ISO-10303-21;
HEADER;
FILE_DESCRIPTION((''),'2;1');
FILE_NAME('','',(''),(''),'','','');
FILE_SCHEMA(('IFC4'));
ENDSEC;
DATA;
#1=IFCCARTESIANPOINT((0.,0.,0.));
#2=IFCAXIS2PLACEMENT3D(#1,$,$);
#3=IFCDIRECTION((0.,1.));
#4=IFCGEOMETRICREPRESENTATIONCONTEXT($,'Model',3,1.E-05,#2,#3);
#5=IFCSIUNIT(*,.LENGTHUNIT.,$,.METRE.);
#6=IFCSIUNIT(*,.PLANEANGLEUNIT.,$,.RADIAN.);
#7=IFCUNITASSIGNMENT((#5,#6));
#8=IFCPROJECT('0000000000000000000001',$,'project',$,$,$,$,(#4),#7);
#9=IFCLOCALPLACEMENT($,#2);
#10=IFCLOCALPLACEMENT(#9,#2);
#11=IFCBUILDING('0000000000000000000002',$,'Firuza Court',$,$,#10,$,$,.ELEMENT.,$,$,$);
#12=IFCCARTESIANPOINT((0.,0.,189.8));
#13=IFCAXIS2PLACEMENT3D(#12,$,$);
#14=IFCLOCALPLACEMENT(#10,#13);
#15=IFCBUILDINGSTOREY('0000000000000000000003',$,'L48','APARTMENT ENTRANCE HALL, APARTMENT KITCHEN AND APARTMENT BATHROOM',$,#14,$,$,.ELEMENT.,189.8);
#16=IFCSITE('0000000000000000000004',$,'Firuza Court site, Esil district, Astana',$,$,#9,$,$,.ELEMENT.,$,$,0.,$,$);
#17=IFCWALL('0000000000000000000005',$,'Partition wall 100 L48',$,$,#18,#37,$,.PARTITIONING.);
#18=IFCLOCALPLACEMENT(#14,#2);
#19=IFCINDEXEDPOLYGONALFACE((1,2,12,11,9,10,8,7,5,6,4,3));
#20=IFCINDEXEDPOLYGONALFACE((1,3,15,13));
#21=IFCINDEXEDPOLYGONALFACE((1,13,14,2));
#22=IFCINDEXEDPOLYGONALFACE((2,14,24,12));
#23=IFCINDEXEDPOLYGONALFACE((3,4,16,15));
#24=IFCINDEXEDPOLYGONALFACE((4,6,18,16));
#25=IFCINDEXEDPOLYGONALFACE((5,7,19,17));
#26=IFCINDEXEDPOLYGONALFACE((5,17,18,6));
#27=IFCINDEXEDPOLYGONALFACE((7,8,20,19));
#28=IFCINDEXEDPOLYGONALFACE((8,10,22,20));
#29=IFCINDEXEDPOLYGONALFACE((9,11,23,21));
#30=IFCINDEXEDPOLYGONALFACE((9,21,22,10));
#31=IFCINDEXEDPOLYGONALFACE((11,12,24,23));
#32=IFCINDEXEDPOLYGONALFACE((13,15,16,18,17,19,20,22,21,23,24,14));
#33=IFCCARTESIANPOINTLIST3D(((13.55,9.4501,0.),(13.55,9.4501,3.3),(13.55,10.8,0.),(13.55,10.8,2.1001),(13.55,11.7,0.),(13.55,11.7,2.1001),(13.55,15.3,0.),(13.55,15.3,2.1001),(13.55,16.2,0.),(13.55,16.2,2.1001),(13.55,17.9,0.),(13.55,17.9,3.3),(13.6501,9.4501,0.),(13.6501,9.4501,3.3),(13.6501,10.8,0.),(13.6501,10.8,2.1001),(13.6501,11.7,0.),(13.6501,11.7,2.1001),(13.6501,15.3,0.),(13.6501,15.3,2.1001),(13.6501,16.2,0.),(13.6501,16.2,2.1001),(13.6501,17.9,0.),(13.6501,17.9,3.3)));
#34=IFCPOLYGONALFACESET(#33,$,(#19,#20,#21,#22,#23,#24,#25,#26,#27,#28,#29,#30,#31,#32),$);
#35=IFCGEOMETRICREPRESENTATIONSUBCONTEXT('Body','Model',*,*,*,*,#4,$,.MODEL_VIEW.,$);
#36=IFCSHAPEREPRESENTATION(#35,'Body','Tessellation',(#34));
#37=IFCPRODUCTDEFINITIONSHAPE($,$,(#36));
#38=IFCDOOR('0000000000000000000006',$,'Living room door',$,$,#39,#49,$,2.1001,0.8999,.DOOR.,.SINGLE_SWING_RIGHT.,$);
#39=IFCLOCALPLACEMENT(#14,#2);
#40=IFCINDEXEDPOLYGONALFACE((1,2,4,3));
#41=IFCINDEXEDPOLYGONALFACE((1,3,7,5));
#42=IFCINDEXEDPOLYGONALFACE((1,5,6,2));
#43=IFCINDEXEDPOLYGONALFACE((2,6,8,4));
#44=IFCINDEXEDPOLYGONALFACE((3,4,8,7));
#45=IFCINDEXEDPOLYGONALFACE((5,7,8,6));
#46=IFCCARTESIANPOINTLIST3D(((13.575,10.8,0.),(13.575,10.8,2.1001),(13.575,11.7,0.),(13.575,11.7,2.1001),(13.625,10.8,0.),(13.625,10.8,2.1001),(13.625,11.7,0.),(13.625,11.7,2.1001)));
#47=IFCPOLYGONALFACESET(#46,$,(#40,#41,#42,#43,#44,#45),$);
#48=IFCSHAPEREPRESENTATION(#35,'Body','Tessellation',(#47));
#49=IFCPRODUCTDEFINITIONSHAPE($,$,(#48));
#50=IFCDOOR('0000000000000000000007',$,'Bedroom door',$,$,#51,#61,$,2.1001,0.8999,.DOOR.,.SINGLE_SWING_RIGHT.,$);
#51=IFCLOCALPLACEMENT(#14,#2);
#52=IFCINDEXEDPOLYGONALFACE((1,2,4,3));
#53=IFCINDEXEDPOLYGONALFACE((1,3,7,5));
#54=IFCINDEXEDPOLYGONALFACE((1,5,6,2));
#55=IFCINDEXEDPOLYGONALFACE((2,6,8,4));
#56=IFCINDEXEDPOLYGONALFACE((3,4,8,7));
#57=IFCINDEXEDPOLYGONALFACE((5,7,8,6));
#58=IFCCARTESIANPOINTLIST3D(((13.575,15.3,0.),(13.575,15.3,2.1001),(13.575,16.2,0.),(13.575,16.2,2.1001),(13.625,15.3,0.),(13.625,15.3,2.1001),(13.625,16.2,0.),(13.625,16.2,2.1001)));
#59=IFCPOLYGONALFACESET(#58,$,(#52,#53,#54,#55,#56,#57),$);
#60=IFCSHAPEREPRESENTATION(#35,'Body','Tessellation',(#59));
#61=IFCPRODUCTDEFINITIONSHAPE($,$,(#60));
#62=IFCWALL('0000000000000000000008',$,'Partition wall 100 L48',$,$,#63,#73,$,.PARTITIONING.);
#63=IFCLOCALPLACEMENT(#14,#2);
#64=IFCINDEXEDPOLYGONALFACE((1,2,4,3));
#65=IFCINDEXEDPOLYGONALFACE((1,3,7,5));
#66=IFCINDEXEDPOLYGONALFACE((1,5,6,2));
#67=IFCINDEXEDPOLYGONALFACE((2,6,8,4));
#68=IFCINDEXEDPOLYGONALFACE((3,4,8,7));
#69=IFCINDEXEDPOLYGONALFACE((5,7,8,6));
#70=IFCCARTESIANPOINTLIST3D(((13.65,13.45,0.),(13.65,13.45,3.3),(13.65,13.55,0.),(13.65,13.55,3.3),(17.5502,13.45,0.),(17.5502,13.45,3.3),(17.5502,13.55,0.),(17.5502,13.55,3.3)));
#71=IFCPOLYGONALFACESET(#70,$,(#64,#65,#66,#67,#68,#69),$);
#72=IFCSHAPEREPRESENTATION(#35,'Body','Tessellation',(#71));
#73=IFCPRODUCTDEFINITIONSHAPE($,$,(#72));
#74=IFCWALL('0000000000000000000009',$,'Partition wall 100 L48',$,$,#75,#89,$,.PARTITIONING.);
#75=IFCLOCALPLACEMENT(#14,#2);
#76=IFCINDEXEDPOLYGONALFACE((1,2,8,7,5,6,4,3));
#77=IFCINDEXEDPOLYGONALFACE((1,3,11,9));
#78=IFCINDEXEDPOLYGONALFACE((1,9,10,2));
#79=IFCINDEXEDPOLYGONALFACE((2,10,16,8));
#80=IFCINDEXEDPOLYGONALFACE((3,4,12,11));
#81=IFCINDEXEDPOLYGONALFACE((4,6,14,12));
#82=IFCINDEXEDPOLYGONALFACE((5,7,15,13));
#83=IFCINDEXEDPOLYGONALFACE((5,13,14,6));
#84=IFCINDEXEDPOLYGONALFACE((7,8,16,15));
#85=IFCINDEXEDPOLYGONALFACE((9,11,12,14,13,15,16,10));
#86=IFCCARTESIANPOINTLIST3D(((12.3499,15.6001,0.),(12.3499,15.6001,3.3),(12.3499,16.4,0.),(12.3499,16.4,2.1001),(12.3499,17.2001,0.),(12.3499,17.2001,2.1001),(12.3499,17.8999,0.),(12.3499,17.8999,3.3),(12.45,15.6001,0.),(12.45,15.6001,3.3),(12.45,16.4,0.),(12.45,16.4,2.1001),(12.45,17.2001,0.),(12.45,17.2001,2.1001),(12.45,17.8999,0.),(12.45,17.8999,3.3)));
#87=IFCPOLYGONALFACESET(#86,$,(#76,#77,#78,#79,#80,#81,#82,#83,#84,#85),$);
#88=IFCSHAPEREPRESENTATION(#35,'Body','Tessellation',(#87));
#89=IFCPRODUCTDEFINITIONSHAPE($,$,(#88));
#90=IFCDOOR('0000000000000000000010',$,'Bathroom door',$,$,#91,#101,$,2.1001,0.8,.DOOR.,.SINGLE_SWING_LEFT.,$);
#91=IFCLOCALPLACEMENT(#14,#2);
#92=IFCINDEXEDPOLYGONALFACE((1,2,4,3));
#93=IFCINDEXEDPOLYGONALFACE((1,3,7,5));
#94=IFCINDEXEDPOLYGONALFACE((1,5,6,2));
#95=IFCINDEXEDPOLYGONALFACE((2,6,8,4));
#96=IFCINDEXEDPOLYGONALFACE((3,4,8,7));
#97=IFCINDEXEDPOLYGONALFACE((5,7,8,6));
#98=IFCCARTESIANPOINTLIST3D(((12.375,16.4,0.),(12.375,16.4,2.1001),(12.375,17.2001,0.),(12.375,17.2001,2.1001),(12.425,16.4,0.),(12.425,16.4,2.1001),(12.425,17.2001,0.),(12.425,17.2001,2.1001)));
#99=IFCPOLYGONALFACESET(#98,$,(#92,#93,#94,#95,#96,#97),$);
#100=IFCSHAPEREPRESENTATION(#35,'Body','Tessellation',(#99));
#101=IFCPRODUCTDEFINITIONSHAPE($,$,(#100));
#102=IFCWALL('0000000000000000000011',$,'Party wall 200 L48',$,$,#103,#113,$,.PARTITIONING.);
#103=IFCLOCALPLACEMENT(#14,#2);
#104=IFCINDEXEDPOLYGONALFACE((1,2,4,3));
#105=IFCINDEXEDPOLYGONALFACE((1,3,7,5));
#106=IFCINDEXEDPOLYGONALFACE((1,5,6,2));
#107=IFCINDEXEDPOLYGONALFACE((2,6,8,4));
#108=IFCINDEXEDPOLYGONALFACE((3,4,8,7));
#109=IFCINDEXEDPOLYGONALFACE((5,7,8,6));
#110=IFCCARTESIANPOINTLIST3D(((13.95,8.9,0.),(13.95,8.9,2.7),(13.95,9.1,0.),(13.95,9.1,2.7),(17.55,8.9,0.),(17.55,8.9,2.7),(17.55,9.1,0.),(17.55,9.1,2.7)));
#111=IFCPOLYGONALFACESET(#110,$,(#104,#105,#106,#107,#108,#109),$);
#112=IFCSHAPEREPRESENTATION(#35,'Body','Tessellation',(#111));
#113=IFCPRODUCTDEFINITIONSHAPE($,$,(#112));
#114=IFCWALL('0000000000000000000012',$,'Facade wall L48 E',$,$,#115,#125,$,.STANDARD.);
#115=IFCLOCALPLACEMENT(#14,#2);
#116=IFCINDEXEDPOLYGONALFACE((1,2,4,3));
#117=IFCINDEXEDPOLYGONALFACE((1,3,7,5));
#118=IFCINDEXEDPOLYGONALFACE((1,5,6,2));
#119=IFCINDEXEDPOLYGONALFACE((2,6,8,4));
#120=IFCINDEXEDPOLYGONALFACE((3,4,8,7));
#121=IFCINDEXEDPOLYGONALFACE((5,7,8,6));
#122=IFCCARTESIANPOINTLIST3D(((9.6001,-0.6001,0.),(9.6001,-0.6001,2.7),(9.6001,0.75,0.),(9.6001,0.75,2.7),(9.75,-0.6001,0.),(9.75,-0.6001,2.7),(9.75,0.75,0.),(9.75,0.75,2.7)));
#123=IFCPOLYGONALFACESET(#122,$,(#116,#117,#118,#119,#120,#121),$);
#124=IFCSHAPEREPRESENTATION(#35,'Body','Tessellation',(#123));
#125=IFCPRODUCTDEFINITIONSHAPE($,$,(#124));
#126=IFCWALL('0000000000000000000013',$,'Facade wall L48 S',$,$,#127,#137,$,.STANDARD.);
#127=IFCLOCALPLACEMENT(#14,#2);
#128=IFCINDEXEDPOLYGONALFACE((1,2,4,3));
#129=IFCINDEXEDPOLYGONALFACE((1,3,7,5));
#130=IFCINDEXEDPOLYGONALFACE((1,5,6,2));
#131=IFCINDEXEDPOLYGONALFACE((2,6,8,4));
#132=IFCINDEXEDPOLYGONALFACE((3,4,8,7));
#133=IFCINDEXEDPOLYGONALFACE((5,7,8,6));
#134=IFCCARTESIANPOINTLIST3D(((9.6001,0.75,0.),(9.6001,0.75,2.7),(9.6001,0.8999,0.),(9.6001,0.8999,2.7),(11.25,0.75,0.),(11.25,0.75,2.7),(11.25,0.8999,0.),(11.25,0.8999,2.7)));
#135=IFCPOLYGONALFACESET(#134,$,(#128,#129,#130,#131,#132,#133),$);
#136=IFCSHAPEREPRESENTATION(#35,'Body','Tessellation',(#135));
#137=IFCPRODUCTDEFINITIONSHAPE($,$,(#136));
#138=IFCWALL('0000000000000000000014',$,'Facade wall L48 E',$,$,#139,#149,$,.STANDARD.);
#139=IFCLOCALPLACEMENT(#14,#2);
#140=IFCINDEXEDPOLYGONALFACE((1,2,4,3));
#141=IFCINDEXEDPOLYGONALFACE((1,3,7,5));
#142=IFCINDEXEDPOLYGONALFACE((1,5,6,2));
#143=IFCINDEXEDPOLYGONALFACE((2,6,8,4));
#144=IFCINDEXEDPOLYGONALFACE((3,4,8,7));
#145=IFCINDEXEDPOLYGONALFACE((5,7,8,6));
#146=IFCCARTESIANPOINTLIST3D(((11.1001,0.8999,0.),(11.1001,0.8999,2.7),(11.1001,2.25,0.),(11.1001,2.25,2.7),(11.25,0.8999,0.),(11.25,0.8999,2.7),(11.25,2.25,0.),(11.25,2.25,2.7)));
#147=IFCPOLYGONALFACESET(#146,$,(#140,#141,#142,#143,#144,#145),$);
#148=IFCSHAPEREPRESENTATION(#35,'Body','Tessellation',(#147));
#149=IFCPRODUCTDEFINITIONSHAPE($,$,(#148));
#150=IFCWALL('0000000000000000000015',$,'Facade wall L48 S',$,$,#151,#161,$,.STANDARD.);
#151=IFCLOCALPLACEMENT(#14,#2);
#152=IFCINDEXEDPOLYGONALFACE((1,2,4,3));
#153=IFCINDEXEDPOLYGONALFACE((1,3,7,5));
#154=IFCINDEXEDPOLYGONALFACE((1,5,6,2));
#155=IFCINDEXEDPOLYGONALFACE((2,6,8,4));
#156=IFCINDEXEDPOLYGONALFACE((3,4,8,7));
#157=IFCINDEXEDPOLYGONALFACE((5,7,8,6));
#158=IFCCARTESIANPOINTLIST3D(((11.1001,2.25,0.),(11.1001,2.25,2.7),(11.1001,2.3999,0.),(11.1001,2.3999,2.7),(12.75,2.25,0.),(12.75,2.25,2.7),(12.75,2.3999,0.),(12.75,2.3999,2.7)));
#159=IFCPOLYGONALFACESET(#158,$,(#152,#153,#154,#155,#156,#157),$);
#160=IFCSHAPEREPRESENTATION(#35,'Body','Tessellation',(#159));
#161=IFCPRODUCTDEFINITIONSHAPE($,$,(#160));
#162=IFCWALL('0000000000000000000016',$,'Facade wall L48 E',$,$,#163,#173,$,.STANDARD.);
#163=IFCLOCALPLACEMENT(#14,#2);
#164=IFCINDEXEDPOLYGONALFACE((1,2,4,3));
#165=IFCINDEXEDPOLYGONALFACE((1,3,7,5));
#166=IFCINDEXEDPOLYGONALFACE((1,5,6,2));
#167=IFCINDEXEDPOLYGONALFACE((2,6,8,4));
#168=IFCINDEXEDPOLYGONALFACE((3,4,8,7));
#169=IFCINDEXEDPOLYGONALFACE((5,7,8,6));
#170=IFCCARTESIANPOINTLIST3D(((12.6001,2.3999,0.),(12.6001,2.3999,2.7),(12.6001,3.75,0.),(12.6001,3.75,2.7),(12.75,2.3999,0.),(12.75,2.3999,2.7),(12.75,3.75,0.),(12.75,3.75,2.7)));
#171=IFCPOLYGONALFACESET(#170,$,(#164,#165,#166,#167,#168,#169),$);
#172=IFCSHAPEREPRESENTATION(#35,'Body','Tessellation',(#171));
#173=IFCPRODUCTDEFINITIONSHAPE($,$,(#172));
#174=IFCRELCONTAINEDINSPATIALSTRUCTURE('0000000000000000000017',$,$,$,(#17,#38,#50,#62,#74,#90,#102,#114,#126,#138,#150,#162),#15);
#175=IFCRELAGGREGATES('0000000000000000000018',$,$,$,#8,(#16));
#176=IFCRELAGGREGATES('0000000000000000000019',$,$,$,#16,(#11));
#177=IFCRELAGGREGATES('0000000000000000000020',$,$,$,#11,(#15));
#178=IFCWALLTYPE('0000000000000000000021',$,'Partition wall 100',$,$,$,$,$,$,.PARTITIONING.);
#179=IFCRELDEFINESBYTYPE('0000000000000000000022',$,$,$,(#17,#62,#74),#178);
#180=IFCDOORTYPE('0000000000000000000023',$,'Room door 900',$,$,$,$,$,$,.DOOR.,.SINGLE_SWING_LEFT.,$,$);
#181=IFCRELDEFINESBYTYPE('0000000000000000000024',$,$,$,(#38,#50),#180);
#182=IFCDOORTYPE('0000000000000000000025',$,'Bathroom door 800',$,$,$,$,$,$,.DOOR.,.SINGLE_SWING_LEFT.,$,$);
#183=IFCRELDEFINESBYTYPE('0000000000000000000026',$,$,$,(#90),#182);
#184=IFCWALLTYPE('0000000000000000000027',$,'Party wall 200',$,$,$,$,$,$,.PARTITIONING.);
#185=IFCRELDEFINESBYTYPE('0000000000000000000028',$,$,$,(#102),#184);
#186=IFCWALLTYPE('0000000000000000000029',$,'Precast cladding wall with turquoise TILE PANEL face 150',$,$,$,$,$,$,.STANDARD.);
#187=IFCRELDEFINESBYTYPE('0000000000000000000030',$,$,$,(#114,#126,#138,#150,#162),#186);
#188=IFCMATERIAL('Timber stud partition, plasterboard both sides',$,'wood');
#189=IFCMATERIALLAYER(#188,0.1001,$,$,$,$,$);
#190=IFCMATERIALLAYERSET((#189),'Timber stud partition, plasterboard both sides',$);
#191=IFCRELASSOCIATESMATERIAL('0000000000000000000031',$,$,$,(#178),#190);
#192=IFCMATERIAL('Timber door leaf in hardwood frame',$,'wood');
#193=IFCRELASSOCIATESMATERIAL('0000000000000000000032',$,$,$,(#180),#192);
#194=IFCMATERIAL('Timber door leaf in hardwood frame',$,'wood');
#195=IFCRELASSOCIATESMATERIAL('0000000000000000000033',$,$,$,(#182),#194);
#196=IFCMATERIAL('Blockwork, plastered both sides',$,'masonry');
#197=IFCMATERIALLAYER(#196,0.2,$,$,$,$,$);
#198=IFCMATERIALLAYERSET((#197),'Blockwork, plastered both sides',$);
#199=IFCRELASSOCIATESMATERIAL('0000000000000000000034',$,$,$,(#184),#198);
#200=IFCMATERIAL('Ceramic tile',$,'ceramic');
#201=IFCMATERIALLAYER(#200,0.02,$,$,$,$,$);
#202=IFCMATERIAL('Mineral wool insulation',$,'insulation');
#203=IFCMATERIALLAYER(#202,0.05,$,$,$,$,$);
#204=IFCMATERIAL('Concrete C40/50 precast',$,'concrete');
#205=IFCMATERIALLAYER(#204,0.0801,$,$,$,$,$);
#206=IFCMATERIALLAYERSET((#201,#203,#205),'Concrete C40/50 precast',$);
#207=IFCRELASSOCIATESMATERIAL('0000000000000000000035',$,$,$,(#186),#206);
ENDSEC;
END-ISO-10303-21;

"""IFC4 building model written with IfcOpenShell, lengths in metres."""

from ifc_helpers import new_model, si_unit, direction, frame, frame_2d, origin, place, context, subcontext, project, spatial, rectangle, extrude, material, layer, layer_set, type_object, element, fill, save


model = new_model("IFC4")

# Units and contexts
model_context = context("Model", 3, precision=1e-05, world=origin(), true_north=direction((0.0, 1.0)))
body_context = subcontext(model_context, "Body", "Model", "MODEL_VIEW")
ifc_project = project(units=[si_unit("LENGTHUNIT", "METRE"), si_unit("PLANEANGLEUNIT", "RADIAN")], contexts=[model_context])

# Site, building, storey
site_placement = place(None, origin())
site = spatial("IfcSite", under=ifc_project, at=site_placement, Name="Firuza Court site, Esil district, Astana", CompositionType="ELEMENT", RefElevation=0.0)
building_placement = place(site_placement, origin())
building = spatial("IfcBuilding", under=site, at=building_placement, Name="Firuza Court", CompositionType="ELEMENT")
storey_placement = place(building_placement, frame((0.0, 0.0, 189.8)))
storey = spatial("IfcBuildingStorey", under=building, at=storey_placement, Name="L48", Description="APARTMENT ENTRANCE HALL, APARTMENT KITCHEN AND APARTMENT BATHROOM", CompositionType="ELEMENT", Elevation=189.8)

# Shared definitions
ifc_material_1 = material(Name="Timber stud partition, plasterboard both sides", Category="wood")
ifc_layer_1 = layer(ifc_material_1, 0.1001)
ifc_layer_set_1 = layer_set([ifc_layer_1], Name="Timber stud partition, plasterboard both sides")
wall_type_1 = type_object("IfcWallType", Name="Partition wall 100", PredefinedType="PARTITIONING", material=ifc_layer_set_1)

# Shared definitions
ifc_material_2 = material(Name="Timber door leaf in hardwood frame", Category="wood")
door_type_1 = type_object("IfcDoorType", Name="Room door 900", OperationType="SINGLE_SWING_LEFT", PredefinedType="DOOR", material=ifc_material_2)

# Wall, openings, doors
wall_1_placement = place(storey_placement, frame((13.6001, 9.45, 0.0), z_axis=(0.0, 0.0, 1.0), x_axis=(0.0, 1.0, 0.0)))
wall_1 = element("IfcWall", 1, at=wall_1_placement, inside=storey, type_object=wall_type_1, Name="Partition wall 100 L48", PredefinedType="PARTITIONING", context=body_context, shape_type="SweptSolid", body=[
    extrude(rectangle(XDim=8.45, YDim=0.1001, at=frame_2d((4.2251, 0.0))), origin(), (0.0, 0.0, 1.0), 3.3),
])
opening_1_placement = place(wall_1_placement, frame((1.3501, 0.0, 0.0)))
opening_1 = element("IfcOpeningElement", 2, at=opening_1_placement, cuts=wall_1, PredefinedType="OPENING", context=body_context, shape_type="SweptSolid", body=[
    extrude(rectangle(XDim=0.8999, YDim=2.1001, at=frame_2d((0.45, 1.05))), frame((0.0, 0.062, 0.0), z_axis=(0.0, -1.0, 0.0), x_axis=(1.0, 0.0, 0.0)), (0.0, 0.0, 1.0), 0.124),
])
opening_2_placement = place(wall_1_placement, frame((5.8501, 0.0, 0.0)))
opening_2 = element("IfcOpeningElement", 3, at=opening_2_placement, cuts=wall_1, PredefinedType="OPENING", context=body_context, shape_type="SweptSolid", body=[
    extrude(rectangle(XDim=0.8999, YDim=2.1001, at=frame_2d((0.45, 1.05))), frame((0.0, 0.062, 0.0), z_axis=(0.0, -1.0, 0.0), x_axis=(1.0, 0.0, 0.0)), (0.0, 0.0, 1.0), 0.124),
])
door_1_placement = place(opening_1_placement, frame((0.8999, 0.0, 0.0), z_axis=(0.0, 0.0, 1.0), x_axis=(-1.0, 0.0, 0.0)))
door_1 = element("IfcDoor", 4, at=door_1_placement, inside=storey, type_object=door_type_1, Name="Living room door", OperationType="SINGLE_SWING_RIGHT", OverallHeight=2.1001, OverallWidth=0.8999, PredefinedType="DOOR", context=body_context, shape_type="SweptSolid", body=[
    extrude(rectangle(XDim=0.8999, YDim=2.1001, at=frame_2d((0.45, 1.05))), frame((0.0, 0.0249, 0.0), z_axis=(0.0, -1.0, 0.0), x_axis=(1.0, 0.0, 0.0)), (0.0, 0.0, 1.0), 0.05),
])
fill(opening_1, door_1)
door_2_placement = place(opening_2_placement, frame((0.8999, 0.0, 0.0), z_axis=(0.0, 0.0, 1.0), x_axis=(-1.0, 0.0, 0.0)))
door_2 = element("IfcDoor", 5, at=door_2_placement, inside=storey, type_object=door_type_1, Name="Bedroom door", OperationType="SINGLE_SWING_RIGHT", OverallHeight=2.1001, OverallWidth=0.8999, PredefinedType="DOOR", context=body_context, shape_type="SweptSolid", body=[
    extrude(rectangle(XDim=0.8999, YDim=2.1001, at=frame_2d((0.45, 1.05))), frame((0.0, 0.0249, 0.0), z_axis=(0.0, -1.0, 0.0), x_axis=(1.0, 0.0, 0.0)), (0.0, 0.0, 1.0), 0.05),
])
fill(opening_2, door_2)

# Wall
wall_2_placement = place(storey_placement, frame((13.6499, 13.5, 0.0), z_axis=(0.0, 0.0, 1.0), x_axis=(1.0, 0.0, 0.0)))
element("IfcWall", 6, at=wall_2_placement, inside=storey, type_object=wall_type_1, Name="Partition wall 100 L48", PredefinedType="PARTITIONING", context=body_context, shape_type="SweptSolid", body=[
    extrude(rectangle(XDim=3.9001, YDim=0.1001, at=frame_2d((1.9502, 0.0))), origin(), (0.0, 0.0, 1.0), 3.3),
])

# Wall, opening, door
wall_3_placement = place(storey_placement, frame((12.3999, 15.6001, 0.0), z_axis=(0.0, 0.0, 1.0), x_axis=(0.0, 1.0, 0.0)))
wall_3 = element("IfcWall", 7, at=wall_3_placement, inside=storey, type_object=wall_type_1, Name="Partition wall 100 L48", PredefinedType="PARTITIONING", context=body_context, shape_type="SweptSolid", body=[
    extrude(rectangle(XDim=2.2998, YDim=0.1001, at=frame_2d((1.1499, 0.0))), origin(), (0.0, 0.0, 1.0), 3.3),
])
opening_3_placement = place(wall_3_placement, frame((0.8, 0.0, 0.0)))
opening_3 = element("IfcOpeningElement", 8, at=opening_3_placement, cuts=wall_3, PredefinedType="OPENING", context=body_context, shape_type="SweptSolid", body=[
    extrude(rectangle(XDim=0.8, YDim=2.1001, at=frame_2d((0.3999, 1.05))), frame((0.0, 0.062, 0.0), z_axis=(0.0, -1.0, 0.0), x_axis=(1.0, 0.0, 0.0)), (0.0, 0.0, 1.0), 0.124),
])
ifc_material_3 = material(Name="Timber door leaf in hardwood frame", Category="wood")
door_type_2 = type_object("IfcDoorType", Name="Bathroom door 800", OperationType="SINGLE_SWING_LEFT", PredefinedType="DOOR", material=ifc_material_3)
door_3_placement = place(opening_3_placement, origin())
door_3 = element("IfcDoor", 9, at=door_3_placement, inside=storey, type_object=door_type_2, Name="Bathroom door", OperationType="SINGLE_SWING_LEFT", OverallHeight=2.1001, OverallWidth=0.8, PredefinedType="DOOR", context=body_context, shape_type="SweptSolid", body=[
    extrude(rectangle(XDim=0.8, YDim=2.1001, at=frame_2d((0.3999, 1.05))), frame((0.0, 0.0249, 0.0), z_axis=(0.0, -1.0, 0.0), x_axis=(1.0, 0.0, 0.0)), (0.0, 0.0, 1.0), 0.05),
])
fill(opening_3, door_3)

# Walls
ifc_material_4 = material(Name="Blockwork, plastered both sides", Category="masonry")
ifc_layer_2 = layer(ifc_material_4, 0.2)
ifc_layer_set_2 = layer_set([ifc_layer_2], Name="Blockwork, plastered both sides")
wall_type_2 = type_object("IfcWallType", Name="Party wall 200", PredefinedType="PARTITIONING", material=ifc_layer_set_2)
wall_4_placement = place(storey_placement, frame((13.95, 9.0, 0.0), z_axis=(0.0, 0.0, 1.0), x_axis=(1.0, 0.0, 0.0)))
element("IfcWall", 10, at=wall_4_placement, inside=storey, type_object=wall_type_2, Name="Party wall 200 L48", PredefinedType="PARTITIONING", context=body_context, shape_type="SweptSolid", body=[
    extrude(rectangle(XDim=3.6001, YDim=0.2, at=frame_2d((1.8, 0.0))), origin(), (0.0, 0.0, 1.0), 2.7),
])
ifc_material_5 = material(Name="Ceramic tile", Category="ceramic")
ifc_layer_3 = layer(ifc_material_5, 0.02)
ifc_material_6 = material(Name="Mineral wool insulation", Category="insulation")
ifc_layer_4 = layer(ifc_material_6, 0.05)
ifc_material_7 = material(Name="Concrete C40/50 precast", Category="concrete")
ifc_layer_5 = layer(ifc_material_7, 0.0801)
ifc_layer_set_3 = layer_set([ifc_layer_3, ifc_layer_4, ifc_layer_5], Name="Concrete C40/50 precast")
wall_type_3 = type_object("IfcWallType", Name="Precast cladding wall with turquoise TILE PANEL face 150", PredefinedType="STANDARD", material=ifc_layer_set_3)
wall_5_placement = place(storey_placement, frame((9.675, -0.6001, 0.0), z_axis=(0.0, 0.0, 1.0), x_axis=(0.0, 1.0, 0.0)))
element("IfcWall", 11, at=wall_5_placement, inside=storey, type_object=wall_type_3, Name="Facade wall L48 E", PredefinedType="STANDARD", context=body_context, shape_type="SweptSolid", body=[
    extrude(rectangle(XDim=1.3501, YDim=0.1499, at=frame_2d((0.675, 0.0))), origin(), (0.0, 0.0, 1.0), 2.7),
])
wall_6_placement = place(storey_placement, frame((9.6001, 0.825, 0.0), z_axis=(0.0, 0.0, 1.0), x_axis=(1.0, 0.0, 0.0)))
element("IfcWall", 12, at=wall_6_placement, inside=storey, type_object=wall_type_3, Name="Facade wall L48 S", PredefinedType="STANDARD", context=body_context, shape_type="SweptSolid", body=[
    extrude(rectangle(XDim=1.6499, YDim=0.1499, at=frame_2d((0.825, 0.0))), origin(), (0.0, 0.0, 1.0), 2.7),
])
wall_7_placement = place(storey_placement, frame((11.175, 0.8999, 0.0), z_axis=(0.0, 0.0, 1.0), x_axis=(0.0, 1.0, 0.0)))
element("IfcWall", 13, at=wall_7_placement, inside=storey, type_object=wall_type_3, Name="Facade wall L48 E", PredefinedType="STANDARD", context=body_context, shape_type="SweptSolid", body=[
    extrude(rectangle(XDim=1.3501, YDim=0.1499, at=frame_2d((0.675, 0.0))), origin(), (0.0, 0.0, 1.0), 2.7),
])
wall_8_placement = place(storey_placement, frame((11.1001, 2.325, 0.0), z_axis=(0.0, 0.0, 1.0), x_axis=(1.0, 0.0, 0.0)))
element("IfcWall", 14, at=wall_8_placement, inside=storey, type_object=wall_type_3, Name="Facade wall L48 S", PredefinedType="STANDARD", context=body_context, shape_type="SweptSolid", body=[
    extrude(rectangle(XDim=1.6499, YDim=0.1499, at=frame_2d((0.825, 0.0))), origin(), (0.0, 0.0, 1.0), 2.7),
])
wall_9_placement = place(storey_placement, frame((12.675, 2.3999, 0.0), z_axis=(0.0, 0.0, 1.0), x_axis=(0.0, 1.0, 0.0)))
element("IfcWall", 15, at=wall_9_placement, inside=storey, type_object=wall_type_3, Name="Facade wall L48 E", PredefinedType="STANDARD", context=body_context, shape_type="SweptSolid", body=[
    extrude(rectangle(XDim=1.3501, YDim=0.1499, at=frame_2d((0.675, 0.0))), origin(), (0.0, 0.0, 1.0), 2.7),
])

save(model, "model.ifc")
